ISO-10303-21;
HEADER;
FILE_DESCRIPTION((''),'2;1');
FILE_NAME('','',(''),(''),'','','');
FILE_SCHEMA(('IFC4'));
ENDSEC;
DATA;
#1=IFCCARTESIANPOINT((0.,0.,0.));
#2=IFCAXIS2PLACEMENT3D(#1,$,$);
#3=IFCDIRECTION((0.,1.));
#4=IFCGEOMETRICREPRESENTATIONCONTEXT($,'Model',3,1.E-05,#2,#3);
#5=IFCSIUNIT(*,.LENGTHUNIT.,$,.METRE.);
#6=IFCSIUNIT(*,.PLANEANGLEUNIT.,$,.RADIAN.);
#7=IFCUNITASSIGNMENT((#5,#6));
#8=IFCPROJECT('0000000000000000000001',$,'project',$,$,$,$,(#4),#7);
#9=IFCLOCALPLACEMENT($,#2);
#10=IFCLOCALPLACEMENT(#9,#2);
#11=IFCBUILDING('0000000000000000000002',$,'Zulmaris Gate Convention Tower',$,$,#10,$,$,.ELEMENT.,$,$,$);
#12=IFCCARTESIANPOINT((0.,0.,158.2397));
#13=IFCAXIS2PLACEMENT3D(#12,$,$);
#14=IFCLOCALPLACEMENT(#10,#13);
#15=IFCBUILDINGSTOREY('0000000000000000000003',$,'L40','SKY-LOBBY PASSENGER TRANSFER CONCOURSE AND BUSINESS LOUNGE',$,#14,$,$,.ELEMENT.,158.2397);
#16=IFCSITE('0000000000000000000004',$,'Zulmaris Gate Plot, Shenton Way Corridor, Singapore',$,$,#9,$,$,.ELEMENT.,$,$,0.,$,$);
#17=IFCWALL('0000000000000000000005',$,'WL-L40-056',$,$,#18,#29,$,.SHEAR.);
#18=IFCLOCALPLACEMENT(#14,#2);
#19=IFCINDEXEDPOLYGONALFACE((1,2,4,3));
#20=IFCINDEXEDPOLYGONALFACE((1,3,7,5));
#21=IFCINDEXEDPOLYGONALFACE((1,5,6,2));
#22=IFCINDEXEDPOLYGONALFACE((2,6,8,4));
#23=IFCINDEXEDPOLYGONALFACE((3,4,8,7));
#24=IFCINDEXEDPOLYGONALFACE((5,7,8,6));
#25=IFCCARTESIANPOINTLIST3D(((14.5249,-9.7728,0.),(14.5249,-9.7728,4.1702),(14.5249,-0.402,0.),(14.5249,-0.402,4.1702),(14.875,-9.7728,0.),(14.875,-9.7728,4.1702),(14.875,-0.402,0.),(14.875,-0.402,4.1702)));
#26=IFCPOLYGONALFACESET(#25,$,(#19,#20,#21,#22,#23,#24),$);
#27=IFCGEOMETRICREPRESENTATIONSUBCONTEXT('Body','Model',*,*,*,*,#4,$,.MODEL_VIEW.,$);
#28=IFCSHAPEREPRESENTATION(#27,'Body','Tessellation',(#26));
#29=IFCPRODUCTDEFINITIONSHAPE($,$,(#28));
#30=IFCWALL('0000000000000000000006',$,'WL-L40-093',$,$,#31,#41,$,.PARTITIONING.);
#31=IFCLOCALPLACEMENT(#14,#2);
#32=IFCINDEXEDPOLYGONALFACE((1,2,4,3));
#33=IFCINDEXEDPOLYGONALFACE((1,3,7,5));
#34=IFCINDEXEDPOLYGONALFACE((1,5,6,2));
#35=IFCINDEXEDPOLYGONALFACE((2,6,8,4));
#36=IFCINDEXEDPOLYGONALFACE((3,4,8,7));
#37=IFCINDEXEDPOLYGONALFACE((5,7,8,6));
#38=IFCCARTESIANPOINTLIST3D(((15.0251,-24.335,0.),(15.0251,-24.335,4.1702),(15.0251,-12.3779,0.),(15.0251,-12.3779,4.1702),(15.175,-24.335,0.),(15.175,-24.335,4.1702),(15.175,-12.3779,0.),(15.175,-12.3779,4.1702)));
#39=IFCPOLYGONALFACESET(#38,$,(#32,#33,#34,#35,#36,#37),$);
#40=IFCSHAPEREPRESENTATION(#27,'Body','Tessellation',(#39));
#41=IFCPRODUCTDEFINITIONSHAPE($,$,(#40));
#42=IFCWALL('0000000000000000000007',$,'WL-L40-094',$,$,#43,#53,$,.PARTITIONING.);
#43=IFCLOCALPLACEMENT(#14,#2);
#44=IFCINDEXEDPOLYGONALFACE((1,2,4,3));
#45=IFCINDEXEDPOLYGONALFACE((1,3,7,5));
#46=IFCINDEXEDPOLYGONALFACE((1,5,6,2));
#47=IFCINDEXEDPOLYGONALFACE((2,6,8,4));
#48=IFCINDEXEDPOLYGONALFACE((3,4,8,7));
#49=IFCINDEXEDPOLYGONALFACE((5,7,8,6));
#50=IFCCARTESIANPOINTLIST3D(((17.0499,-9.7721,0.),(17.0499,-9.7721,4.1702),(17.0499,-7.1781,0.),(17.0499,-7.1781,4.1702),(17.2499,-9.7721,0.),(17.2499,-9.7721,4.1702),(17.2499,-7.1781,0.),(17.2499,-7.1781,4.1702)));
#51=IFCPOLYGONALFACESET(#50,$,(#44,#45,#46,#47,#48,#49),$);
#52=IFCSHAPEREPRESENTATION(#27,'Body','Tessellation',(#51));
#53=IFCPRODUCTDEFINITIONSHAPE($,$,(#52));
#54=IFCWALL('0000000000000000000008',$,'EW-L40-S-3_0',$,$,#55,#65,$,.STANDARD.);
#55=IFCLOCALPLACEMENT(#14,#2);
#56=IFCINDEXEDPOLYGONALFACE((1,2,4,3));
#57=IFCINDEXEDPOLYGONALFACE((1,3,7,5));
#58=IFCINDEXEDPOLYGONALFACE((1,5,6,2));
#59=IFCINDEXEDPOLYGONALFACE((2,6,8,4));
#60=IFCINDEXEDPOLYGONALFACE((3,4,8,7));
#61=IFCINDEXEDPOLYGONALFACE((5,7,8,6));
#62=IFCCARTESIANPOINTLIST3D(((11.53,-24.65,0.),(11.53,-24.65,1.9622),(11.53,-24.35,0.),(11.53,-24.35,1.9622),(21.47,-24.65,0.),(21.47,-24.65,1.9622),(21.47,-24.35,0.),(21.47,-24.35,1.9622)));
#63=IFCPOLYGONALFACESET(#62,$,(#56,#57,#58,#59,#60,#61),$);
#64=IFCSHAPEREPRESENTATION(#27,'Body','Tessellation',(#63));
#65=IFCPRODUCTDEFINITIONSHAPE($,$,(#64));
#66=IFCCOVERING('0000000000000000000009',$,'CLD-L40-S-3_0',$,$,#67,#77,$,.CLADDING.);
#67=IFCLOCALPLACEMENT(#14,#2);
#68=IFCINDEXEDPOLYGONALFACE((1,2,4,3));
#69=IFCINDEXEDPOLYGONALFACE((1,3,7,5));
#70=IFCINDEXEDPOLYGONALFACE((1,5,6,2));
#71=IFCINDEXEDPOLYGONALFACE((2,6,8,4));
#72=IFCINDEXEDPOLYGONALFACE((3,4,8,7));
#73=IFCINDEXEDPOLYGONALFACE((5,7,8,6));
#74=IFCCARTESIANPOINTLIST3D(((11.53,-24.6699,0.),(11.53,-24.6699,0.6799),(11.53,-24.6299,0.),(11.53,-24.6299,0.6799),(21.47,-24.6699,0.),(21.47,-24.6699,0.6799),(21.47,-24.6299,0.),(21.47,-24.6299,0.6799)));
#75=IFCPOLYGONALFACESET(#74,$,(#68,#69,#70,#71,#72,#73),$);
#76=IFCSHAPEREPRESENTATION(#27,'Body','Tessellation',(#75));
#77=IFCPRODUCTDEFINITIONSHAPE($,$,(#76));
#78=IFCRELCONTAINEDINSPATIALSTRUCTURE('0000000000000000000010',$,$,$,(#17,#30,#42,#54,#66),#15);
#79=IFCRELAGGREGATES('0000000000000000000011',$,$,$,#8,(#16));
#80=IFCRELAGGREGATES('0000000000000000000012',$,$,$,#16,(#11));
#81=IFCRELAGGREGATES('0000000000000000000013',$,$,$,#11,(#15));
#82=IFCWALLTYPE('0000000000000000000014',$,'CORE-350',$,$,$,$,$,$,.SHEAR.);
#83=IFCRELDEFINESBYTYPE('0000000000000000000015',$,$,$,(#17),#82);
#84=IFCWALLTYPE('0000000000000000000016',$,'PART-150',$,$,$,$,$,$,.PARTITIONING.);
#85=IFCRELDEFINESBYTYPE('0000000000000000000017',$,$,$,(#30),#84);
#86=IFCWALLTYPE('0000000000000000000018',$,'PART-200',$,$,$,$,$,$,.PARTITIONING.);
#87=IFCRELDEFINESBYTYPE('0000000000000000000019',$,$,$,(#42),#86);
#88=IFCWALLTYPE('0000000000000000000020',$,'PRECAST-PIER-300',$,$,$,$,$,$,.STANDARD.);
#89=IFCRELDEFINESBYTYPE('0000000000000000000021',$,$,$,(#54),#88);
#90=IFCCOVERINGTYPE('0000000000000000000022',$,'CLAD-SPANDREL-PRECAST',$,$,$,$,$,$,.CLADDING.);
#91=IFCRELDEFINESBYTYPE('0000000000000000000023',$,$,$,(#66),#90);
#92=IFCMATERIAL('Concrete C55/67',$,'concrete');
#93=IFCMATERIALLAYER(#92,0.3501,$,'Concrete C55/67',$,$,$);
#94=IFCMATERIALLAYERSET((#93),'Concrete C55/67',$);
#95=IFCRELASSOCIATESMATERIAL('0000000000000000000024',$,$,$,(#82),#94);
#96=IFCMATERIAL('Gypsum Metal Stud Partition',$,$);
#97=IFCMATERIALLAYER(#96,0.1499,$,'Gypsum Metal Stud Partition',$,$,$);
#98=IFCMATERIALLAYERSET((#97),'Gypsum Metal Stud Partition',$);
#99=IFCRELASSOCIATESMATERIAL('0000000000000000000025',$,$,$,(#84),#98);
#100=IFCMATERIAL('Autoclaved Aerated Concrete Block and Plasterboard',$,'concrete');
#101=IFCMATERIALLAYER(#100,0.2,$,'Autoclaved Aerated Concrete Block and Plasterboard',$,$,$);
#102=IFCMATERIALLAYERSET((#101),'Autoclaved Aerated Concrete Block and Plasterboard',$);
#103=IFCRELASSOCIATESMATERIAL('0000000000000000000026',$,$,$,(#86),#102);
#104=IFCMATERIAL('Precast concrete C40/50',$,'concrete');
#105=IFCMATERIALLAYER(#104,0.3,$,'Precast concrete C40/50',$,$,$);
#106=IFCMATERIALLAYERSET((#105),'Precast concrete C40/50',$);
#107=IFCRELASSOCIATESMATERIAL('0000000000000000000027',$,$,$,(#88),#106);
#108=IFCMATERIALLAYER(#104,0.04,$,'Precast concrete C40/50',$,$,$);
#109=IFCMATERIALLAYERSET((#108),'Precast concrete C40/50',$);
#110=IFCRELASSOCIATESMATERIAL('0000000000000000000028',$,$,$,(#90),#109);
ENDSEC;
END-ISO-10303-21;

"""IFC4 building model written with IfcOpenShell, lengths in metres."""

from ifc_helpers import new_model, si_unit, direction, frame, frame_2d, origin, place, context, subcontext, project, spatial, rectangle, extrude, material, layer, layer_set, type_object, element, save


model = new_model("IFC4")

# Units and contexts
model_context = context("Model", 3, precision=1e-05, world=origin(), true_north=direction((0.0, 1.0)))
body_context = subcontext(model_context, "Body", "Model", "MODEL_VIEW")
ifc_project = project(units=[si_unit("LENGTHUNIT", "METRE"), si_unit("PLANEANGLEUNIT", "RADIAN")], contexts=[model_context])

# Site, building, storey
site_placement = place(None, origin())
site = spatial("IfcSite", under=ifc_project, at=site_placement, Name="Zulmaris Gate Plot, Shenton Way Corridor, Singapore", CompositionType="ELEMENT", RefElevation=0.0)
building_placement = place(site_placement, origin())
building = spatial("IfcBuilding", under=site, at=building_placement, Name="Zulmaris Gate Convention Tower", CompositionType="ELEMENT")
storey_placement = place(building_placement, frame((0.0, 0.0, 158.2397)))
storey = spatial("IfcBuildingStorey", under=building, at=storey_placement, Name="L40", Description="SKY-LOBBY PASSENGER TRANSFER CONCOURSE AND BUSINESS LOUNGE", CompositionType="ELEMENT", Elevation=158.2397)

# Shared definitions
ifc_material_1 = material(Name="Concrete C55/67", Category="concrete")
ifc_layer_1 = layer(ifc_material_1, 0.3501, Name="Concrete C55/67")
ifc_layer_set_1 = layer_set([ifc_layer_1], Name="Concrete C55/67")
wall_type_1 = type_object("IfcWallType", Name="CORE-350", PredefinedType="SHEAR", material=ifc_layer_set_1)

# Walls
wall_1_placement = place(storey_placement, frame((14.7, -9.7729, 0.0), z_axis=(0.0, 0.0, 1.0), x_axis=(0.0, 1.0, 0.0)))
element("IfcWall", 1, at=wall_1_placement, inside=storey, type_object=wall_type_1, Name="WL-L40-056", PredefinedType="SHEAR", context=body_context, shape_type="SweptSolid", body=[
    extrude(rectangle(XDim=9.3708, YDim=0.3501, at=frame_2d((4.6855, 0.0))), origin(), (0.0, 0.0, 1.0), 4.1702),
])
ifc_material_2 = material(Name="Gypsum Metal Stud Partition")
ifc_layer_2 = layer(ifc_material_2, 0.1499, Name="Gypsum Metal Stud Partition")
ifc_layer_set_2 = layer_set([ifc_layer_2], Name="Gypsum Metal Stud Partition")
wall_type_2 = type_object("IfcWallType", Name="PART-150", PredefinedType="PARTITIONING", material=ifc_layer_set_2)
wall_2_placement = place(storey_placement, frame((15.1001, -24.335, 0.0), z_axis=(0.0, 0.0, 1.0), x_axis=(0.0, 1.0, 0.0)))
element("IfcWall", 2, at=wall_2_placement, inside=storey, type_object=wall_type_2, Name="WL-L40-093", PredefinedType="PARTITIONING", context=body_context, shape_type="SweptSolid", body=[
    extrude(rectangle(XDim=11.957, YDim=0.1499, at=frame_2d((5.9785, 0.0))), origin(), (0.0, 0.0, 1.0), 4.1702),
])

# Walls
ifc_material_3 = material(Name="Autoclaved Aerated Concrete Block and Plasterboard", Category="concrete")
ifc_layer_3 = layer(ifc_material_3, 0.2, Name="Autoclaved Aerated Concrete Block and Plasterboard")
ifc_layer_set_3 = layer_set([ifc_layer_3], Name="Autoclaved Aerated Concrete Block and Plasterboard")
wall_type_3 = type_object("IfcWallType", Name="PART-200", PredefinedType="PARTITIONING", material=ifc_layer_set_3)
wall_3_placement = place(storey_placement, frame((17.1499, -9.772, 0.0), z_axis=(0.0, 0.0, 1.0), x_axis=(0.0, 1.0, 0.0)))
element("IfcWall", 3, at=wall_3_placement, inside=storey, type_object=wall_type_3, Name="WL-L40-094", PredefinedType="PARTITIONING", context=body_context, shape_type="SweptSolid", body=[
    extrude(rectangle(XDim=2.594, YDim=0.2, at=frame_2d((1.2969, 0.0))), origin(), (0.0, 0.0, 1.0), 4.1702),
])
ifc_material_4 = material(Name="Precast concrete C40/50", Category="concrete")
ifc_layer_4 = layer(ifc_material_4, 0.3, Name="Precast concrete C40/50")
ifc_layer_set_4 = layer_set([ifc_layer_4], Name="Precast concrete C40/50")
wall_type_4 = type_object("IfcWallType", Name="PRECAST-PIER-300", PredefinedType="STANDARD", material=ifc_layer_set_4)
wall_4_placement = place(storey_placement, frame((11.53, -24.5, 0.0), z_axis=(0.0, 0.0, 1.0), x_axis=(1.0, 0.0, 0.0)))
element("IfcWall", 4, at=wall_4_placement, inside=storey, type_object=wall_type_4, Name="EW-L40-S-3_0", PredefinedType="STANDARD", context=body_context, shape_type="SweptSolid", body=[
    extrude(rectangle(XDim=9.9399, YDim=0.3, at=frame_2d((4.97, 0.0))), origin(), (0.0, 0.0, 1.0), 1.9622),
])

# Covering
ifc_layer_5 = layer(ifc_material_4, 0.04, Name="Precast concrete C40/50")
ifc_layer_set_5 = layer_set([ifc_layer_5], Name="Precast concrete C40/50")
covering_type = type_object("IfcCoveringType", Name="CLAD-SPANDREL-PRECAST", PredefinedType="CLADDING", material=ifc_layer_set_5)
covering_placement = place(storey_placement, frame((11.53, -24.6499, 0.0), z_axis=(0.0, 0.0, 1.0), x_axis=(1.0, 0.0, 0.0)))
element("IfcCovering", 5, at=covering_placement, inside=storey, type_object=covering_type, Name="CLD-L40-S-3_0", PredefinedType="CLADDING", context=body_context, shape_type="SweptSolid", body=[
    extrude(rectangle(XDim=9.9399, YDim=0.04, at=frame_2d((4.97, 0.0))), origin(), (0.0, 0.0, 1.0), 0.6799),
])

save(model, "model.ifc")
